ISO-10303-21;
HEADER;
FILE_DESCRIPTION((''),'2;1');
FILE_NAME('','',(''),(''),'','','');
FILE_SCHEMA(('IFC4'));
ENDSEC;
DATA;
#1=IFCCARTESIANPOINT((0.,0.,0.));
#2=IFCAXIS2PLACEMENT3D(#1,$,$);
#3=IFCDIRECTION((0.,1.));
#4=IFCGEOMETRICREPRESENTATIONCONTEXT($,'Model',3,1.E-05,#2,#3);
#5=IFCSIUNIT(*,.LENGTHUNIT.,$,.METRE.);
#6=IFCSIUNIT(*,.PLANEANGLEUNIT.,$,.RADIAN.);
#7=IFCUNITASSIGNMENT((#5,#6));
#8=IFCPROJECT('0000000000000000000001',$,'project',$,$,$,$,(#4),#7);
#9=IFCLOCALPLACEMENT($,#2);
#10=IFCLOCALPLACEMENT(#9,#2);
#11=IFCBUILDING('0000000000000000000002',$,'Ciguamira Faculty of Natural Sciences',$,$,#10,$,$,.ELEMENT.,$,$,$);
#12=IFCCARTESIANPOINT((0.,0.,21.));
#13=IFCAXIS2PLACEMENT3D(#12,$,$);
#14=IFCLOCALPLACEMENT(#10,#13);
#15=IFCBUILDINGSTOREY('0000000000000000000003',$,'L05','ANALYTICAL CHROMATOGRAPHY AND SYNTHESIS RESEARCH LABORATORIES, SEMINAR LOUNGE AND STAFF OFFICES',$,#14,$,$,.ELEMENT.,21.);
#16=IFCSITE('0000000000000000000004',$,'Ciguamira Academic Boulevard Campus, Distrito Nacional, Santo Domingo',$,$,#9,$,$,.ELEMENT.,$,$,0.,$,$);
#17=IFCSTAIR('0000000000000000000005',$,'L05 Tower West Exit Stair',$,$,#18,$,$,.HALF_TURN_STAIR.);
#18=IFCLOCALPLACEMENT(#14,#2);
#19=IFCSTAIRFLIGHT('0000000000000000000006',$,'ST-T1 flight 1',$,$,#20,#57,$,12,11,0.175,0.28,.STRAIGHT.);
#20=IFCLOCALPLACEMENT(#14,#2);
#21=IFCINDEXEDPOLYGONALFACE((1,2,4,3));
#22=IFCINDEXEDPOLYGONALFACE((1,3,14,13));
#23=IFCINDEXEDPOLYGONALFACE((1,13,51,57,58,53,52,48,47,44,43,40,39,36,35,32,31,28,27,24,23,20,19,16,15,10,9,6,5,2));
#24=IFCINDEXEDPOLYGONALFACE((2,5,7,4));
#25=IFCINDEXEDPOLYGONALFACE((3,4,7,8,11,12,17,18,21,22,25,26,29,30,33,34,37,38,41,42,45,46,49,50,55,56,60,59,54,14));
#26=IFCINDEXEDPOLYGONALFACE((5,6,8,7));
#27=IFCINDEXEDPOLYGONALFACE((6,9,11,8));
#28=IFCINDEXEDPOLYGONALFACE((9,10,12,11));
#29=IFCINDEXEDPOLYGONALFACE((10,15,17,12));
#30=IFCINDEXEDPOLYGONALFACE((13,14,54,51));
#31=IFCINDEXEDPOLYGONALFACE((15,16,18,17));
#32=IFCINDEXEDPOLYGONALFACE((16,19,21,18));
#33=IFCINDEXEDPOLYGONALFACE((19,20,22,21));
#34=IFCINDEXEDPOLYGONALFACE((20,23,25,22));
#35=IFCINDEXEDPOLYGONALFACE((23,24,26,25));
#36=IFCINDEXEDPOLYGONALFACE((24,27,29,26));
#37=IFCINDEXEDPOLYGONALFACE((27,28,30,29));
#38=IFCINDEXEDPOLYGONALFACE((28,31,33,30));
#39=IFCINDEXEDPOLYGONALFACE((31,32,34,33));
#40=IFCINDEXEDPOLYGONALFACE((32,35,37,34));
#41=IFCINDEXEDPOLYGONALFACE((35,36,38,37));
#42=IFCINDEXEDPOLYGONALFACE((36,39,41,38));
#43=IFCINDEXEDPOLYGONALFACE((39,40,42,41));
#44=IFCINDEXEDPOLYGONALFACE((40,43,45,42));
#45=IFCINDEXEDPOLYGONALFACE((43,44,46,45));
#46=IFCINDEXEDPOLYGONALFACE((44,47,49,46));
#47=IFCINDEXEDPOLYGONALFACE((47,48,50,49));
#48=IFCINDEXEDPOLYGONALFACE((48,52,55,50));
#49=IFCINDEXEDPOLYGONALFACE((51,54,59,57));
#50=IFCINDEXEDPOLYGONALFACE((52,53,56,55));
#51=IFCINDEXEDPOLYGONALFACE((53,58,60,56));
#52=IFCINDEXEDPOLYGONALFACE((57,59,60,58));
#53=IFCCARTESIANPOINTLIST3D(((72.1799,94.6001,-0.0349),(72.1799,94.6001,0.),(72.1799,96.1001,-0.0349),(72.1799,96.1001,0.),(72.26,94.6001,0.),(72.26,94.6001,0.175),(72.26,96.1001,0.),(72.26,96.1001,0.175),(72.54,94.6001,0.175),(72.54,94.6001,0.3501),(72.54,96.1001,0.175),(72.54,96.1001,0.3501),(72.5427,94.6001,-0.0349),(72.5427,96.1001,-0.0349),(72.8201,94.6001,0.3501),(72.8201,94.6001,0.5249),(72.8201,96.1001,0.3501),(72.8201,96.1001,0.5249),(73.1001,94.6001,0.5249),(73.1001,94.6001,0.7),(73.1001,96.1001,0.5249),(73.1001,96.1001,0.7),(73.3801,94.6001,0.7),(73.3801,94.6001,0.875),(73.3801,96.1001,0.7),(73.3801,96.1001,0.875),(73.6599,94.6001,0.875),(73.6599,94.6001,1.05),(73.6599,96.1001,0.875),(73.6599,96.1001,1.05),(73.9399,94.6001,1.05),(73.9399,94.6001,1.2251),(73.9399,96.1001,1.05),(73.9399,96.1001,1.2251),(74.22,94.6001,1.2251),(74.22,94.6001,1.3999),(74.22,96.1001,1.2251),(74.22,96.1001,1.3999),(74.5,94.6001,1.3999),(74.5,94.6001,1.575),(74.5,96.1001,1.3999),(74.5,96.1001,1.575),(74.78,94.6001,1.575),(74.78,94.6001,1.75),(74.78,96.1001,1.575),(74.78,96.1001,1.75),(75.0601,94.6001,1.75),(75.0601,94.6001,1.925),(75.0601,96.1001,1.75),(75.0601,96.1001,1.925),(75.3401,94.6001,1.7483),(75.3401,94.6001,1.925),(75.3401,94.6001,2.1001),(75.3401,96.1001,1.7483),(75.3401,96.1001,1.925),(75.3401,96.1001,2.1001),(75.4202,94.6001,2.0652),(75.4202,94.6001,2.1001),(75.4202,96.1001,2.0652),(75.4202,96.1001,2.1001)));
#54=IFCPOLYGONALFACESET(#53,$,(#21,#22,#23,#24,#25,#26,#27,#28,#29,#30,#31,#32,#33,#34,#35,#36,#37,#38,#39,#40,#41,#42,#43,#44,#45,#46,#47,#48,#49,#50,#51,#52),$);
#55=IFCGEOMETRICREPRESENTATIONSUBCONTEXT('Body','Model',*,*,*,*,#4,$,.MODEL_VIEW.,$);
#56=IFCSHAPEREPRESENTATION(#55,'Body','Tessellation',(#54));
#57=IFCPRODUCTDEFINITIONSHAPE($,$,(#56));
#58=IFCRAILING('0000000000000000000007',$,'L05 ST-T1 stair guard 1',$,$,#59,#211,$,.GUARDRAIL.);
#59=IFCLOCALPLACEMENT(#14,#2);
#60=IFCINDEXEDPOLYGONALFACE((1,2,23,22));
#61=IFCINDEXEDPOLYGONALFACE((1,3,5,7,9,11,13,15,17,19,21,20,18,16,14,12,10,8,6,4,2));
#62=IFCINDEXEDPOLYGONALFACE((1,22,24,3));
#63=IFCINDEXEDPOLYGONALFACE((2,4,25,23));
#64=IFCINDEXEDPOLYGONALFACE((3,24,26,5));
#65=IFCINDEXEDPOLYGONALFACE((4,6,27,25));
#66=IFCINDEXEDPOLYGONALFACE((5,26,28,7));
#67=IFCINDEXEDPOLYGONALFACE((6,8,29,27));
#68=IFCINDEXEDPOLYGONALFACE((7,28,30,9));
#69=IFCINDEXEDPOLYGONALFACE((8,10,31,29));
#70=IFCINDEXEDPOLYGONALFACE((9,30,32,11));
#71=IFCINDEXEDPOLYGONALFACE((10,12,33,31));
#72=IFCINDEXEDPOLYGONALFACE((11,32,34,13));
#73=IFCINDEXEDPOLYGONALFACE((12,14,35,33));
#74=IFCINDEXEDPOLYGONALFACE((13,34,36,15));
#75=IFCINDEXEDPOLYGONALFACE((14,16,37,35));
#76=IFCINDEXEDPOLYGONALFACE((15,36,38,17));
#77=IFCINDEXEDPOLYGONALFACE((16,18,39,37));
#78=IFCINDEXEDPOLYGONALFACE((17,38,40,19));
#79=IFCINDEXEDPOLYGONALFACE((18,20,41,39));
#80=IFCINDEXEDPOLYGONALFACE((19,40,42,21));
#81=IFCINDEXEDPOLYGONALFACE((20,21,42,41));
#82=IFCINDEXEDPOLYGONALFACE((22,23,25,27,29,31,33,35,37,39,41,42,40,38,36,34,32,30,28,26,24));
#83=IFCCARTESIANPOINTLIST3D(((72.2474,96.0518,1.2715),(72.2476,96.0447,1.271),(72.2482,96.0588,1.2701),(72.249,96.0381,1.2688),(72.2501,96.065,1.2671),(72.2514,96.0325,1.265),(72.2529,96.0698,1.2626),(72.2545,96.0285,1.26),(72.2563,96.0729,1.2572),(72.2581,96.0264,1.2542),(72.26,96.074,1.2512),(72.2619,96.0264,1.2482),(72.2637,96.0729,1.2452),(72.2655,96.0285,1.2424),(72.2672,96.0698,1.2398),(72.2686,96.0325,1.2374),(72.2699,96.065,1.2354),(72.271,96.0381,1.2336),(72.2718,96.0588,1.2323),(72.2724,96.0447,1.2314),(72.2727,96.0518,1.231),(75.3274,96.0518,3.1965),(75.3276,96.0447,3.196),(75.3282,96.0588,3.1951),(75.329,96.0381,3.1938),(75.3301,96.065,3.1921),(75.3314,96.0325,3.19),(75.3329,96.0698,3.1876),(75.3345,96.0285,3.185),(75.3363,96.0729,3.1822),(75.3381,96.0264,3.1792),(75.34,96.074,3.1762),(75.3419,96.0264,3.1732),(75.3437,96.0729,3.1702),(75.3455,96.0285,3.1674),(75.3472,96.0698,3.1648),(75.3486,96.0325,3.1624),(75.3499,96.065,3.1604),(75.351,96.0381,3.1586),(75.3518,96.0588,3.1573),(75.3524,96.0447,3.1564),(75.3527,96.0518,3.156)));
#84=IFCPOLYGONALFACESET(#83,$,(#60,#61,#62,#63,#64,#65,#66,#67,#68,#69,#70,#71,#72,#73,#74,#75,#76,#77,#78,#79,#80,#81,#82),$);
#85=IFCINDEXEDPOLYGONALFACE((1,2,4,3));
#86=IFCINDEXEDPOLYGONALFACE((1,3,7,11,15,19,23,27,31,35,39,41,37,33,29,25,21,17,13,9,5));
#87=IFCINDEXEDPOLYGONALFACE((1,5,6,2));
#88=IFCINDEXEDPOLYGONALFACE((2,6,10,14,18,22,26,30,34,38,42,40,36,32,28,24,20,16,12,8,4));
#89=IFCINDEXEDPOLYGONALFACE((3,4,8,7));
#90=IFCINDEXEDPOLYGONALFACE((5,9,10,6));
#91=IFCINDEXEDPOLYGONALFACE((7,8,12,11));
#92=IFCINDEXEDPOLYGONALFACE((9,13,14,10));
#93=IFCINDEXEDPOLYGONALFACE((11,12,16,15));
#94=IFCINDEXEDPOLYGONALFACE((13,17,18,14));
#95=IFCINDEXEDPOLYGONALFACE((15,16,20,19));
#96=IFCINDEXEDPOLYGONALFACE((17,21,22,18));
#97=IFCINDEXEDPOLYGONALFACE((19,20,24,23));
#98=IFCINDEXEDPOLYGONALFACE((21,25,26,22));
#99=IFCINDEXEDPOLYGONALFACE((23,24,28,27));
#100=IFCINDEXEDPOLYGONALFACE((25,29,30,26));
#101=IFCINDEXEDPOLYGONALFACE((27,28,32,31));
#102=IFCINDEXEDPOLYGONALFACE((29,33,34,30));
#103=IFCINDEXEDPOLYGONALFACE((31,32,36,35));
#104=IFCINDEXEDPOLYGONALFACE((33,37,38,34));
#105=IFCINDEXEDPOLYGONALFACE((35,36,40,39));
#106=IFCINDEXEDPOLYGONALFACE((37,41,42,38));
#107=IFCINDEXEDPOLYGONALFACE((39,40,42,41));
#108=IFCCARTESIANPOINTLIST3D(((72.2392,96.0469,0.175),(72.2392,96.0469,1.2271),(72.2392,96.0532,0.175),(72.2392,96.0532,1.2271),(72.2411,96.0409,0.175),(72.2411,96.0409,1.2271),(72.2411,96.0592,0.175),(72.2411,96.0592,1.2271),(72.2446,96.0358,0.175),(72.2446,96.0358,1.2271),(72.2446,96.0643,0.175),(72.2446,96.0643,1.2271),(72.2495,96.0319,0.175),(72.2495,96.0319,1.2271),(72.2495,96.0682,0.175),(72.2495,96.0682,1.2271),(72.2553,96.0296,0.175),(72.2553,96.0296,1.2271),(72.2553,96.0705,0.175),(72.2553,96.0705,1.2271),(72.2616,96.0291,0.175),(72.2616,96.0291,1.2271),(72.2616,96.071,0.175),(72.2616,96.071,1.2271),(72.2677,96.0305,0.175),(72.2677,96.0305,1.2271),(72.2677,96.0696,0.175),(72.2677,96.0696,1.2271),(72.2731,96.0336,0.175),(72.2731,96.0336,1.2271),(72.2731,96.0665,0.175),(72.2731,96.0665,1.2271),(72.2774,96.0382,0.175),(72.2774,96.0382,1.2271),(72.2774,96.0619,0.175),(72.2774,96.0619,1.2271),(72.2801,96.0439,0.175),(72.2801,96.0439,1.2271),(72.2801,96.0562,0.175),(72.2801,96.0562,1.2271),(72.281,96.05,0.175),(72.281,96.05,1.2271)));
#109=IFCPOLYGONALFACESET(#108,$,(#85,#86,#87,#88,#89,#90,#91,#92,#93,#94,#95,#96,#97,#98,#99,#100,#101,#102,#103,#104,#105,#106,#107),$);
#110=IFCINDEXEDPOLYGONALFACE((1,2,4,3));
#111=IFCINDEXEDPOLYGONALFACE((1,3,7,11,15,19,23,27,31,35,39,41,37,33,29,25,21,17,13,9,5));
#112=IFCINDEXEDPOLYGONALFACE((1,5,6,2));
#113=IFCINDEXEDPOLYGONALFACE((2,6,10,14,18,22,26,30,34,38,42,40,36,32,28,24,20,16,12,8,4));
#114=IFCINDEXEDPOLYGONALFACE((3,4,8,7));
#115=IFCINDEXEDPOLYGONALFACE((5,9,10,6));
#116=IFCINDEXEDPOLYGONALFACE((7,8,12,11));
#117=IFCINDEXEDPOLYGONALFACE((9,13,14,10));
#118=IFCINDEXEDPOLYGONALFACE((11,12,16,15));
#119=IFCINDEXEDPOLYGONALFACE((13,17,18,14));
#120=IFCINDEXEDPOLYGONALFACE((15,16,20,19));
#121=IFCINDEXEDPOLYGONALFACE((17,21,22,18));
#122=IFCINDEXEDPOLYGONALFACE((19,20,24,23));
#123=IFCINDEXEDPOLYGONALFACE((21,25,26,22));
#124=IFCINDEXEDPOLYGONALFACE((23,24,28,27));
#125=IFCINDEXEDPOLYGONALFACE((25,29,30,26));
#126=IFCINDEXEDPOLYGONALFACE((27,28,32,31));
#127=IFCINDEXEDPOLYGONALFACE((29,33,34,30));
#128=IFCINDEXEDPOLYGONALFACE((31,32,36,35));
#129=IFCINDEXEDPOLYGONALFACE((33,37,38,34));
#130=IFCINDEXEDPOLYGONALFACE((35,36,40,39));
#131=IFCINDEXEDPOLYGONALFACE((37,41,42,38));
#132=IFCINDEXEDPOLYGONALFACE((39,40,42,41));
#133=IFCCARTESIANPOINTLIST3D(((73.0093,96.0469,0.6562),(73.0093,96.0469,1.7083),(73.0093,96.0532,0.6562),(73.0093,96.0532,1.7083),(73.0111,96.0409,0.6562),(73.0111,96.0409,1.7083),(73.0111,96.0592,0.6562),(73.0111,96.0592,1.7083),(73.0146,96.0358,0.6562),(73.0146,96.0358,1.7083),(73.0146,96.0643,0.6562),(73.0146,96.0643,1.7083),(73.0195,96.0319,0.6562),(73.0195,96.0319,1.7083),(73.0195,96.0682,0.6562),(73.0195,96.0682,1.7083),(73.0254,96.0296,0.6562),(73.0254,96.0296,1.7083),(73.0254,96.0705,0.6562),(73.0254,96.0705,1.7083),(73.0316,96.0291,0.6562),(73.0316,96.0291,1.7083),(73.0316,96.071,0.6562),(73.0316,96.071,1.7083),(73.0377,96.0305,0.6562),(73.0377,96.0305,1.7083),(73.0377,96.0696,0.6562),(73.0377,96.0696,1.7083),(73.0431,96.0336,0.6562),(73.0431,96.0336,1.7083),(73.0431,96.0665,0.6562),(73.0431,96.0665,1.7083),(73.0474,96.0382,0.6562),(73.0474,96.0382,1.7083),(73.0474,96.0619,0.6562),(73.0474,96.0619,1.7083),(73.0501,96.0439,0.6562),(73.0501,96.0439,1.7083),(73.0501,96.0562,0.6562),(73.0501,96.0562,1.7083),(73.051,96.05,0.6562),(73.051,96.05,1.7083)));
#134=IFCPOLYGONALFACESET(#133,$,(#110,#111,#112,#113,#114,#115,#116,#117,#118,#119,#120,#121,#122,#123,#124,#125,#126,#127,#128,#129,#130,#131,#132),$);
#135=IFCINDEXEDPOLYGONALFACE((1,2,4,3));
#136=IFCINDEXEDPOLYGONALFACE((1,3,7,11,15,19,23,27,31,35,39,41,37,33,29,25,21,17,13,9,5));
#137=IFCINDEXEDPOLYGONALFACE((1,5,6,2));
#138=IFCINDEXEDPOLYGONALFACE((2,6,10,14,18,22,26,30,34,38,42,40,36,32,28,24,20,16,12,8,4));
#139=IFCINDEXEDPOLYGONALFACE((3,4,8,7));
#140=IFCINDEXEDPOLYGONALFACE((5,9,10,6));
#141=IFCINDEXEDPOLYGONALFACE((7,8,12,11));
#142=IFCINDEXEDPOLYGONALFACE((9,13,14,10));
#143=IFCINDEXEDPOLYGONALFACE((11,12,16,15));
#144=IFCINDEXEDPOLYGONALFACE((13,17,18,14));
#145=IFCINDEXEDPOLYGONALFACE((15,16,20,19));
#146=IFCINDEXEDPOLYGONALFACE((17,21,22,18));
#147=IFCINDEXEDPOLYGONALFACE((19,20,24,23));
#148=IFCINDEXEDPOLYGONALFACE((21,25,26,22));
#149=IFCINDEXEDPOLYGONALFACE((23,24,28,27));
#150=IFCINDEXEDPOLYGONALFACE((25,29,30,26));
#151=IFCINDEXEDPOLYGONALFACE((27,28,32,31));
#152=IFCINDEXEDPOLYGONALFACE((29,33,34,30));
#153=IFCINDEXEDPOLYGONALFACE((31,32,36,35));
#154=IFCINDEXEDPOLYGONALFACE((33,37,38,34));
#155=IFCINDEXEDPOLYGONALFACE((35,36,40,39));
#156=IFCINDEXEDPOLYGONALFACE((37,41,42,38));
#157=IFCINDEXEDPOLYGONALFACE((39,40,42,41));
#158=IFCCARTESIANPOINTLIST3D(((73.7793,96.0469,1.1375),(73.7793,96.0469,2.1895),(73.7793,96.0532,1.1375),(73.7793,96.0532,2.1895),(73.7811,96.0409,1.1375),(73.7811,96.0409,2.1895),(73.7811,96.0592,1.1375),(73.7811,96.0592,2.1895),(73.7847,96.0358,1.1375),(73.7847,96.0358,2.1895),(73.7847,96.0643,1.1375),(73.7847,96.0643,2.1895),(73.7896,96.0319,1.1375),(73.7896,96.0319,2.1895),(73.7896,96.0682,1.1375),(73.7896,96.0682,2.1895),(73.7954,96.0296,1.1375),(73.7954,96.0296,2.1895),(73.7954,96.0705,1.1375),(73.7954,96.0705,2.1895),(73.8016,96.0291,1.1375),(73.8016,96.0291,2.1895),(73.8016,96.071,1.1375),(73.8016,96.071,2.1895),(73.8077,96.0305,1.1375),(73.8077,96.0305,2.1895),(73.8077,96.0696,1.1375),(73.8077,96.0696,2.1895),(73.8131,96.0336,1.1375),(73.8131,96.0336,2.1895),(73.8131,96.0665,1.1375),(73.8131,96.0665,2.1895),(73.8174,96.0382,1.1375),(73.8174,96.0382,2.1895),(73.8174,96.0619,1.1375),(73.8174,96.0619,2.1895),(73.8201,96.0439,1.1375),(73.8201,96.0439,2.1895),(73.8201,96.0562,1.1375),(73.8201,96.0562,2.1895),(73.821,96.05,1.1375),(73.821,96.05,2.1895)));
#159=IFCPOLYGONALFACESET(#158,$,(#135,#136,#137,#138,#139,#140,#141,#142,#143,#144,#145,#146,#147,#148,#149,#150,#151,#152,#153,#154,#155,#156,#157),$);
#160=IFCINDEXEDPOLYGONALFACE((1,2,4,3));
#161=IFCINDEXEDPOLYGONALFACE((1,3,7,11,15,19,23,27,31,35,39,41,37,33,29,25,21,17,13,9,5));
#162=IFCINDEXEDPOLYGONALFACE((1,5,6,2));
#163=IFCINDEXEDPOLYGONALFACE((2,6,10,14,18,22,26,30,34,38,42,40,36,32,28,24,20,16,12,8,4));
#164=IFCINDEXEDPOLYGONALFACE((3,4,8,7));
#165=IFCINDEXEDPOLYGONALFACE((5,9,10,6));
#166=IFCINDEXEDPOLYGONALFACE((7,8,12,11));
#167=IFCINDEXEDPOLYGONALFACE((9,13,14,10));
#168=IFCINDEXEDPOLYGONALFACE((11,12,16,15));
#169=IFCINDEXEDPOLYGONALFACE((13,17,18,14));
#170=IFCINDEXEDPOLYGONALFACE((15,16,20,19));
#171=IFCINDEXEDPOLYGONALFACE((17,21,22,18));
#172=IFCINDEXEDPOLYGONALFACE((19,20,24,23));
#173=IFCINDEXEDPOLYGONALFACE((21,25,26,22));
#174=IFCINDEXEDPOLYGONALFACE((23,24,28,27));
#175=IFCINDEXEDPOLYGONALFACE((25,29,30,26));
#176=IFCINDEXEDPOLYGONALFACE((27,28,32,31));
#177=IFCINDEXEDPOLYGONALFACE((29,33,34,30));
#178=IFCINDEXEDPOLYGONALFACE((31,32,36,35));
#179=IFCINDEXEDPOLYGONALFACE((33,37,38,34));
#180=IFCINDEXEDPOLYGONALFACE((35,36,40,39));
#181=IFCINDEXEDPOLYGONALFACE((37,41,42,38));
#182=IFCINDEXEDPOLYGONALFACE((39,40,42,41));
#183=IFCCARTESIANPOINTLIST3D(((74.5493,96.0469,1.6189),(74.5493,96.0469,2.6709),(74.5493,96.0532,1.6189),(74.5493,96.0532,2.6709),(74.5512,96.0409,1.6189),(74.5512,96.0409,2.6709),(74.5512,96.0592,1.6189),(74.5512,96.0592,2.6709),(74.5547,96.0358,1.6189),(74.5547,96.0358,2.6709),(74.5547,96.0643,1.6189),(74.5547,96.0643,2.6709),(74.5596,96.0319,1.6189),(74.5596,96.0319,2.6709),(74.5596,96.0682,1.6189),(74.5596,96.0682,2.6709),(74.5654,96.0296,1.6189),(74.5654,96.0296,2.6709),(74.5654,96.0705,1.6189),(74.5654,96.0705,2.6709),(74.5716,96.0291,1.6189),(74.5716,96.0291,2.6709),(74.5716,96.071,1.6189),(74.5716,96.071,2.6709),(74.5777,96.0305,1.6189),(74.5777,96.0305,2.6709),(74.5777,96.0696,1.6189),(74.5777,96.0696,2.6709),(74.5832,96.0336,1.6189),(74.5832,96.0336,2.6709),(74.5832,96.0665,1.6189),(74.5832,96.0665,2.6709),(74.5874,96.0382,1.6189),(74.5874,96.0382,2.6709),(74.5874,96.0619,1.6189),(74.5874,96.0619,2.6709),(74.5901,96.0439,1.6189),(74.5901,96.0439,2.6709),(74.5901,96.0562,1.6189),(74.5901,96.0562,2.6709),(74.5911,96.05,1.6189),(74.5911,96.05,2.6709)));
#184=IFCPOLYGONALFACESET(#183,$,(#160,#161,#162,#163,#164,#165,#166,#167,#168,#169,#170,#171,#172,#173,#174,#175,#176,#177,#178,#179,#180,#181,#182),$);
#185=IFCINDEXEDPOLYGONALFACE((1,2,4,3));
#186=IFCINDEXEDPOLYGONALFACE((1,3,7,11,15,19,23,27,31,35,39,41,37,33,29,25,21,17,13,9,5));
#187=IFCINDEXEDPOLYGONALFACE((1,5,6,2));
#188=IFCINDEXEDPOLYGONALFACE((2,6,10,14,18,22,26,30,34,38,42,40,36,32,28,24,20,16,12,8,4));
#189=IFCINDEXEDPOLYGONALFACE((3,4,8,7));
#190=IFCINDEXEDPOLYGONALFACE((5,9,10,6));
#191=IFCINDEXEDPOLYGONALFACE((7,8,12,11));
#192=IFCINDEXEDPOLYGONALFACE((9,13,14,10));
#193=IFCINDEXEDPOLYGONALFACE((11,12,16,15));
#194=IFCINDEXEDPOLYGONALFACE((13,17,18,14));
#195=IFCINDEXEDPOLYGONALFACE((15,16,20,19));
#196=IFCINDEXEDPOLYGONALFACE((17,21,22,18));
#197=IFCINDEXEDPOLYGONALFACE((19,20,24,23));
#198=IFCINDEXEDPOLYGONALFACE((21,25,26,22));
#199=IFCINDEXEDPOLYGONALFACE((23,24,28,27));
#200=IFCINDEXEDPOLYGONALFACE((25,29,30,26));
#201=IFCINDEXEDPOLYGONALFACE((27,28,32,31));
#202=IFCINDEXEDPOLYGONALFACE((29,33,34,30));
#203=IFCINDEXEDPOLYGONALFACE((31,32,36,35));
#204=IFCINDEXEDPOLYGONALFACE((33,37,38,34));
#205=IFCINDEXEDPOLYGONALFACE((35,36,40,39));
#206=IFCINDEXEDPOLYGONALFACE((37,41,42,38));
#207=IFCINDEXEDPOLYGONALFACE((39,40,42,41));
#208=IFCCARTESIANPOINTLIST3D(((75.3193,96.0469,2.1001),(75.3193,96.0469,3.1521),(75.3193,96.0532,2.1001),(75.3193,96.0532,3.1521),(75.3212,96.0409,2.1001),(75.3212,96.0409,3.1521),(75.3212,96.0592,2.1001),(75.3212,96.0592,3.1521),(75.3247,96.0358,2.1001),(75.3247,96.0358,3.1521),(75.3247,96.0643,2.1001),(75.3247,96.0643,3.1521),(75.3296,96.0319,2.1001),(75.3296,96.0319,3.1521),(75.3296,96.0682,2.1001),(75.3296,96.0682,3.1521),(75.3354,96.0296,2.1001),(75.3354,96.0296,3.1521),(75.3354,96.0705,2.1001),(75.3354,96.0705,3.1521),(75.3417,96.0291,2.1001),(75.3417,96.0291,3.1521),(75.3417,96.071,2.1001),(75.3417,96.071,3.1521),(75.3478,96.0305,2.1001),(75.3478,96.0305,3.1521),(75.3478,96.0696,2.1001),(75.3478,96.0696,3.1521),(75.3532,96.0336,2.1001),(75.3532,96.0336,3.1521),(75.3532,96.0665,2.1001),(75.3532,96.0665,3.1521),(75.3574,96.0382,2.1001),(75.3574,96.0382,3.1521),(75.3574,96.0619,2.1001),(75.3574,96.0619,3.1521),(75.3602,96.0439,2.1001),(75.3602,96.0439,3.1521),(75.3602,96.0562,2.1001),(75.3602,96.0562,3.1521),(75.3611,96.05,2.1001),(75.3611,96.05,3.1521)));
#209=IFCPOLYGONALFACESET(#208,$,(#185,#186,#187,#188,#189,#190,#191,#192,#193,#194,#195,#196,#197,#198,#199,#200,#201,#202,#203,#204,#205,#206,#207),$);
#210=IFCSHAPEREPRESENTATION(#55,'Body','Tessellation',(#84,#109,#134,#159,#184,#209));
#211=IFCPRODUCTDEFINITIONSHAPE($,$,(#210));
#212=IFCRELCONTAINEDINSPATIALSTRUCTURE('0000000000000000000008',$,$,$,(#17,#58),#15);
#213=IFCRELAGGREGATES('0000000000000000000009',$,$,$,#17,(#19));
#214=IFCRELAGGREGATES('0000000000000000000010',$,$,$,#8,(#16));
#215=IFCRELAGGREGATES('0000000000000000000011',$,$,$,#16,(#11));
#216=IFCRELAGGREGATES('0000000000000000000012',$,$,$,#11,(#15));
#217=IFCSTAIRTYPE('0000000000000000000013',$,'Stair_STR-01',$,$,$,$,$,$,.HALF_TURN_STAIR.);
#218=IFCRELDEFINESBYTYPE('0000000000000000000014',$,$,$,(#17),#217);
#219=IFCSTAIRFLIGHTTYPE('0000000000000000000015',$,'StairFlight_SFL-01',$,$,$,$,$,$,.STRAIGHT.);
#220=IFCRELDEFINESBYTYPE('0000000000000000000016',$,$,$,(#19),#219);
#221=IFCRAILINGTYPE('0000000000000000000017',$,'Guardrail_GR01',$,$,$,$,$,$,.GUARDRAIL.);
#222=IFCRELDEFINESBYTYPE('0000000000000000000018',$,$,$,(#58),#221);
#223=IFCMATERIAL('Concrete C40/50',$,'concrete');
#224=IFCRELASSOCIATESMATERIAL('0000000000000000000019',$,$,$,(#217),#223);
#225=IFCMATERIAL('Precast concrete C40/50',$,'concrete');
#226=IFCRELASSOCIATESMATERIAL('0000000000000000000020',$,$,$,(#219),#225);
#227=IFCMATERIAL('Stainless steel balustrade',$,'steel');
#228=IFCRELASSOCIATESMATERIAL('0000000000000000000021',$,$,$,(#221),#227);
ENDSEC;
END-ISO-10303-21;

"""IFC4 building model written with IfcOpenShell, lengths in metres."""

from ifc_helpers import new_model, si_unit, direction, frame, origin, origin_2d, place, context, subcontext, project, spatial, polyline, circle, outline, extrude, material, type_object, element, aggregate, save


model = new_model("IFC4")

# Units and contexts
model_context = context("Model", 3, precision=1e-05, world=origin(), true_north=direction((0.0, 1.0)))
body_context = subcontext(model_context, "Body", "Model", "MODEL_VIEW")
ifc_project = project(units=[si_unit("LENGTHUNIT", "METRE"), si_unit("PLANEANGLEUNIT", "RADIAN")], contexts=[model_context])

# Site, building, storey
site_placement = place(None, origin())
site = spatial("IfcSite", under=ifc_project, at=site_placement, Name="Ciguamira Academic Boulevard Campus, Distrito Nacional, Santo Domingo", CompositionType="ELEMENT", RefElevation=0.0)
building_placement = place(site_placement, origin())
building = spatial("IfcBuilding", under=site, at=building_placement, Name="Ciguamira Faculty of Natural Sciences", CompositionType="ELEMENT")
storey_placement = place(building_placement, frame((0.0, 0.0, 21.0)))
storey = spatial("IfcBuildingStorey", under=building, at=storey_placement, Name="L05", Description="ANALYTICAL CHROMATOGRAPHY AND SYNTHESIS RESEARCH LABORATORIES, SEMINAR LOUNGE AND STAFF OFFICES", CompositionType="ELEMENT", Elevation=21.0)

# Shared definitions
ifc_material_1 = material(Name="Concrete C40/50", Category="concrete")

# Stair, stair flight
stair_type = type_object("IfcStairType", Name="Stair_STR-01", PredefinedType="HALF_TURN_STAIR", material=ifc_material_1)
stair_placement = place(storey_placement, origin())
stair = element("IfcStair", 1, at=stair_placement, inside=storey, type_object=stair_type, Name="L05 Tower West Exit Stair", PredefinedType="HALF_TURN_STAIR")
ifc_material_2 = material(Name="Precast concrete C40/50", Category="concrete")
stair_flight_type = type_object("IfcStairFlightType", Name="StairFlight_SFL-01", PredefinedType="STRAIGHT", material=ifc_material_2)
stair_flight_placement = place(storey_placement, frame((72.26, 95.3501, 0.0), z_axis=(0.0, 0.0, 1.0), x_axis=(1.0, 0.0, 0.0)))
stair_flight = element("IfcStairFlight", 2, at=stair_flight_placement, type_object=stair_flight_type, Name="ST-T1 flight 1", NumberOfRisers=12, NumberOfTreads=11, PredefinedType="STRAIGHT", RiserHeight=0.175, TreadLength=0.28, context=body_context, shape_type="SweptSolid", body=[
    extrude(outline(polyline([(-0.0801, -0.0349), (-0.0801, 0.0), (0.0, 0.0), (0.0, 0.175), (0.28, 0.175), (0.28, 0.3501), (0.5601, 0.3501), (0.5601, 0.5249), (0.8401, 0.5249), (0.8401, 0.7), (1.1201, 0.7), (1.1201, 0.875), (1.3999, 0.875), (1.3999, 1.05), (1.6799, 1.05), (1.6799, 1.2251), (1.96, 1.2251), (1.96, 1.3999), (2.24, 1.3999), (2.24, 1.575), (2.52, 1.575), (2.52, 1.75), (2.8, 1.75), (2.8, 1.925), (3.0801, 1.925), (3.0801, 2.1001), (3.1602, 2.1001), (3.1602, 2.0652), (3.0801, 1.7483), (0.2827, -0.0349), (-0.0801, -0.0349)])), frame((0.0, 0.75, 0.0), z_axis=(0.0, -1.0, 0.0), x_axis=(1.0, 0.0, 0.0)), (0.0, 0.0, 1.0), 1.5),
])
aggregate(stair, [stair_flight])

# Railing
ifc_material_3 = material(Name="Stainless steel balustrade", Category="steel")
railing_type_1 = type_object("IfcRailingType", Name="Guardrail_GR01", PredefinedType="GUARDRAIL", material=ifc_material_3)
railing_1_placement = place(storey_placement, frame((72.26, 96.05, 0.175)))
element("IfcRailing", 3, at=railing_1_placement, inside=storey, type_object=railing_type_1, Name="L05 ST-T1 stair guard 1", PredefinedType="GUARDRAIL", context=body_context, shape_type="SweptSolid", body=[
    extrude(circle(Radius=0.0239, at=origin_2d()), frame((0.0, 0.0, 1.0762), z_axis=(0.847998, 0.0, 0.529999), x_axis=(0.0, 1.0, 0.0)), (0.0, 0.0, 1.0), 3.6321),
    extrude(circle(Radius=0.021, at=origin_2d()), origin(), (0.0, 0.0, 1.0), 1.052),
    extrude(circle(Radius=0.021, at=origin_2d()), frame((0.77, 0.0, 0.4812)), (0.0, 0.0, 1.0), 1.052),
    extrude(circle(Radius=0.021, at=origin_2d()), frame((1.54, 0.0, 0.9624)), (0.0, 0.0, 1.0), 1.052),
    extrude(circle(Radius=0.021, at=origin_2d()), frame((2.3101, 0.0, 1.4438)), (0.0, 0.0, 1.0), 1.052),
    extrude(circle(Radius=0.021, at=origin_2d()), frame((3.0801, 0.0, 1.925)), (0.0, 0.0, 1.0), 1.052),
])

save(model, "model.ifc")
